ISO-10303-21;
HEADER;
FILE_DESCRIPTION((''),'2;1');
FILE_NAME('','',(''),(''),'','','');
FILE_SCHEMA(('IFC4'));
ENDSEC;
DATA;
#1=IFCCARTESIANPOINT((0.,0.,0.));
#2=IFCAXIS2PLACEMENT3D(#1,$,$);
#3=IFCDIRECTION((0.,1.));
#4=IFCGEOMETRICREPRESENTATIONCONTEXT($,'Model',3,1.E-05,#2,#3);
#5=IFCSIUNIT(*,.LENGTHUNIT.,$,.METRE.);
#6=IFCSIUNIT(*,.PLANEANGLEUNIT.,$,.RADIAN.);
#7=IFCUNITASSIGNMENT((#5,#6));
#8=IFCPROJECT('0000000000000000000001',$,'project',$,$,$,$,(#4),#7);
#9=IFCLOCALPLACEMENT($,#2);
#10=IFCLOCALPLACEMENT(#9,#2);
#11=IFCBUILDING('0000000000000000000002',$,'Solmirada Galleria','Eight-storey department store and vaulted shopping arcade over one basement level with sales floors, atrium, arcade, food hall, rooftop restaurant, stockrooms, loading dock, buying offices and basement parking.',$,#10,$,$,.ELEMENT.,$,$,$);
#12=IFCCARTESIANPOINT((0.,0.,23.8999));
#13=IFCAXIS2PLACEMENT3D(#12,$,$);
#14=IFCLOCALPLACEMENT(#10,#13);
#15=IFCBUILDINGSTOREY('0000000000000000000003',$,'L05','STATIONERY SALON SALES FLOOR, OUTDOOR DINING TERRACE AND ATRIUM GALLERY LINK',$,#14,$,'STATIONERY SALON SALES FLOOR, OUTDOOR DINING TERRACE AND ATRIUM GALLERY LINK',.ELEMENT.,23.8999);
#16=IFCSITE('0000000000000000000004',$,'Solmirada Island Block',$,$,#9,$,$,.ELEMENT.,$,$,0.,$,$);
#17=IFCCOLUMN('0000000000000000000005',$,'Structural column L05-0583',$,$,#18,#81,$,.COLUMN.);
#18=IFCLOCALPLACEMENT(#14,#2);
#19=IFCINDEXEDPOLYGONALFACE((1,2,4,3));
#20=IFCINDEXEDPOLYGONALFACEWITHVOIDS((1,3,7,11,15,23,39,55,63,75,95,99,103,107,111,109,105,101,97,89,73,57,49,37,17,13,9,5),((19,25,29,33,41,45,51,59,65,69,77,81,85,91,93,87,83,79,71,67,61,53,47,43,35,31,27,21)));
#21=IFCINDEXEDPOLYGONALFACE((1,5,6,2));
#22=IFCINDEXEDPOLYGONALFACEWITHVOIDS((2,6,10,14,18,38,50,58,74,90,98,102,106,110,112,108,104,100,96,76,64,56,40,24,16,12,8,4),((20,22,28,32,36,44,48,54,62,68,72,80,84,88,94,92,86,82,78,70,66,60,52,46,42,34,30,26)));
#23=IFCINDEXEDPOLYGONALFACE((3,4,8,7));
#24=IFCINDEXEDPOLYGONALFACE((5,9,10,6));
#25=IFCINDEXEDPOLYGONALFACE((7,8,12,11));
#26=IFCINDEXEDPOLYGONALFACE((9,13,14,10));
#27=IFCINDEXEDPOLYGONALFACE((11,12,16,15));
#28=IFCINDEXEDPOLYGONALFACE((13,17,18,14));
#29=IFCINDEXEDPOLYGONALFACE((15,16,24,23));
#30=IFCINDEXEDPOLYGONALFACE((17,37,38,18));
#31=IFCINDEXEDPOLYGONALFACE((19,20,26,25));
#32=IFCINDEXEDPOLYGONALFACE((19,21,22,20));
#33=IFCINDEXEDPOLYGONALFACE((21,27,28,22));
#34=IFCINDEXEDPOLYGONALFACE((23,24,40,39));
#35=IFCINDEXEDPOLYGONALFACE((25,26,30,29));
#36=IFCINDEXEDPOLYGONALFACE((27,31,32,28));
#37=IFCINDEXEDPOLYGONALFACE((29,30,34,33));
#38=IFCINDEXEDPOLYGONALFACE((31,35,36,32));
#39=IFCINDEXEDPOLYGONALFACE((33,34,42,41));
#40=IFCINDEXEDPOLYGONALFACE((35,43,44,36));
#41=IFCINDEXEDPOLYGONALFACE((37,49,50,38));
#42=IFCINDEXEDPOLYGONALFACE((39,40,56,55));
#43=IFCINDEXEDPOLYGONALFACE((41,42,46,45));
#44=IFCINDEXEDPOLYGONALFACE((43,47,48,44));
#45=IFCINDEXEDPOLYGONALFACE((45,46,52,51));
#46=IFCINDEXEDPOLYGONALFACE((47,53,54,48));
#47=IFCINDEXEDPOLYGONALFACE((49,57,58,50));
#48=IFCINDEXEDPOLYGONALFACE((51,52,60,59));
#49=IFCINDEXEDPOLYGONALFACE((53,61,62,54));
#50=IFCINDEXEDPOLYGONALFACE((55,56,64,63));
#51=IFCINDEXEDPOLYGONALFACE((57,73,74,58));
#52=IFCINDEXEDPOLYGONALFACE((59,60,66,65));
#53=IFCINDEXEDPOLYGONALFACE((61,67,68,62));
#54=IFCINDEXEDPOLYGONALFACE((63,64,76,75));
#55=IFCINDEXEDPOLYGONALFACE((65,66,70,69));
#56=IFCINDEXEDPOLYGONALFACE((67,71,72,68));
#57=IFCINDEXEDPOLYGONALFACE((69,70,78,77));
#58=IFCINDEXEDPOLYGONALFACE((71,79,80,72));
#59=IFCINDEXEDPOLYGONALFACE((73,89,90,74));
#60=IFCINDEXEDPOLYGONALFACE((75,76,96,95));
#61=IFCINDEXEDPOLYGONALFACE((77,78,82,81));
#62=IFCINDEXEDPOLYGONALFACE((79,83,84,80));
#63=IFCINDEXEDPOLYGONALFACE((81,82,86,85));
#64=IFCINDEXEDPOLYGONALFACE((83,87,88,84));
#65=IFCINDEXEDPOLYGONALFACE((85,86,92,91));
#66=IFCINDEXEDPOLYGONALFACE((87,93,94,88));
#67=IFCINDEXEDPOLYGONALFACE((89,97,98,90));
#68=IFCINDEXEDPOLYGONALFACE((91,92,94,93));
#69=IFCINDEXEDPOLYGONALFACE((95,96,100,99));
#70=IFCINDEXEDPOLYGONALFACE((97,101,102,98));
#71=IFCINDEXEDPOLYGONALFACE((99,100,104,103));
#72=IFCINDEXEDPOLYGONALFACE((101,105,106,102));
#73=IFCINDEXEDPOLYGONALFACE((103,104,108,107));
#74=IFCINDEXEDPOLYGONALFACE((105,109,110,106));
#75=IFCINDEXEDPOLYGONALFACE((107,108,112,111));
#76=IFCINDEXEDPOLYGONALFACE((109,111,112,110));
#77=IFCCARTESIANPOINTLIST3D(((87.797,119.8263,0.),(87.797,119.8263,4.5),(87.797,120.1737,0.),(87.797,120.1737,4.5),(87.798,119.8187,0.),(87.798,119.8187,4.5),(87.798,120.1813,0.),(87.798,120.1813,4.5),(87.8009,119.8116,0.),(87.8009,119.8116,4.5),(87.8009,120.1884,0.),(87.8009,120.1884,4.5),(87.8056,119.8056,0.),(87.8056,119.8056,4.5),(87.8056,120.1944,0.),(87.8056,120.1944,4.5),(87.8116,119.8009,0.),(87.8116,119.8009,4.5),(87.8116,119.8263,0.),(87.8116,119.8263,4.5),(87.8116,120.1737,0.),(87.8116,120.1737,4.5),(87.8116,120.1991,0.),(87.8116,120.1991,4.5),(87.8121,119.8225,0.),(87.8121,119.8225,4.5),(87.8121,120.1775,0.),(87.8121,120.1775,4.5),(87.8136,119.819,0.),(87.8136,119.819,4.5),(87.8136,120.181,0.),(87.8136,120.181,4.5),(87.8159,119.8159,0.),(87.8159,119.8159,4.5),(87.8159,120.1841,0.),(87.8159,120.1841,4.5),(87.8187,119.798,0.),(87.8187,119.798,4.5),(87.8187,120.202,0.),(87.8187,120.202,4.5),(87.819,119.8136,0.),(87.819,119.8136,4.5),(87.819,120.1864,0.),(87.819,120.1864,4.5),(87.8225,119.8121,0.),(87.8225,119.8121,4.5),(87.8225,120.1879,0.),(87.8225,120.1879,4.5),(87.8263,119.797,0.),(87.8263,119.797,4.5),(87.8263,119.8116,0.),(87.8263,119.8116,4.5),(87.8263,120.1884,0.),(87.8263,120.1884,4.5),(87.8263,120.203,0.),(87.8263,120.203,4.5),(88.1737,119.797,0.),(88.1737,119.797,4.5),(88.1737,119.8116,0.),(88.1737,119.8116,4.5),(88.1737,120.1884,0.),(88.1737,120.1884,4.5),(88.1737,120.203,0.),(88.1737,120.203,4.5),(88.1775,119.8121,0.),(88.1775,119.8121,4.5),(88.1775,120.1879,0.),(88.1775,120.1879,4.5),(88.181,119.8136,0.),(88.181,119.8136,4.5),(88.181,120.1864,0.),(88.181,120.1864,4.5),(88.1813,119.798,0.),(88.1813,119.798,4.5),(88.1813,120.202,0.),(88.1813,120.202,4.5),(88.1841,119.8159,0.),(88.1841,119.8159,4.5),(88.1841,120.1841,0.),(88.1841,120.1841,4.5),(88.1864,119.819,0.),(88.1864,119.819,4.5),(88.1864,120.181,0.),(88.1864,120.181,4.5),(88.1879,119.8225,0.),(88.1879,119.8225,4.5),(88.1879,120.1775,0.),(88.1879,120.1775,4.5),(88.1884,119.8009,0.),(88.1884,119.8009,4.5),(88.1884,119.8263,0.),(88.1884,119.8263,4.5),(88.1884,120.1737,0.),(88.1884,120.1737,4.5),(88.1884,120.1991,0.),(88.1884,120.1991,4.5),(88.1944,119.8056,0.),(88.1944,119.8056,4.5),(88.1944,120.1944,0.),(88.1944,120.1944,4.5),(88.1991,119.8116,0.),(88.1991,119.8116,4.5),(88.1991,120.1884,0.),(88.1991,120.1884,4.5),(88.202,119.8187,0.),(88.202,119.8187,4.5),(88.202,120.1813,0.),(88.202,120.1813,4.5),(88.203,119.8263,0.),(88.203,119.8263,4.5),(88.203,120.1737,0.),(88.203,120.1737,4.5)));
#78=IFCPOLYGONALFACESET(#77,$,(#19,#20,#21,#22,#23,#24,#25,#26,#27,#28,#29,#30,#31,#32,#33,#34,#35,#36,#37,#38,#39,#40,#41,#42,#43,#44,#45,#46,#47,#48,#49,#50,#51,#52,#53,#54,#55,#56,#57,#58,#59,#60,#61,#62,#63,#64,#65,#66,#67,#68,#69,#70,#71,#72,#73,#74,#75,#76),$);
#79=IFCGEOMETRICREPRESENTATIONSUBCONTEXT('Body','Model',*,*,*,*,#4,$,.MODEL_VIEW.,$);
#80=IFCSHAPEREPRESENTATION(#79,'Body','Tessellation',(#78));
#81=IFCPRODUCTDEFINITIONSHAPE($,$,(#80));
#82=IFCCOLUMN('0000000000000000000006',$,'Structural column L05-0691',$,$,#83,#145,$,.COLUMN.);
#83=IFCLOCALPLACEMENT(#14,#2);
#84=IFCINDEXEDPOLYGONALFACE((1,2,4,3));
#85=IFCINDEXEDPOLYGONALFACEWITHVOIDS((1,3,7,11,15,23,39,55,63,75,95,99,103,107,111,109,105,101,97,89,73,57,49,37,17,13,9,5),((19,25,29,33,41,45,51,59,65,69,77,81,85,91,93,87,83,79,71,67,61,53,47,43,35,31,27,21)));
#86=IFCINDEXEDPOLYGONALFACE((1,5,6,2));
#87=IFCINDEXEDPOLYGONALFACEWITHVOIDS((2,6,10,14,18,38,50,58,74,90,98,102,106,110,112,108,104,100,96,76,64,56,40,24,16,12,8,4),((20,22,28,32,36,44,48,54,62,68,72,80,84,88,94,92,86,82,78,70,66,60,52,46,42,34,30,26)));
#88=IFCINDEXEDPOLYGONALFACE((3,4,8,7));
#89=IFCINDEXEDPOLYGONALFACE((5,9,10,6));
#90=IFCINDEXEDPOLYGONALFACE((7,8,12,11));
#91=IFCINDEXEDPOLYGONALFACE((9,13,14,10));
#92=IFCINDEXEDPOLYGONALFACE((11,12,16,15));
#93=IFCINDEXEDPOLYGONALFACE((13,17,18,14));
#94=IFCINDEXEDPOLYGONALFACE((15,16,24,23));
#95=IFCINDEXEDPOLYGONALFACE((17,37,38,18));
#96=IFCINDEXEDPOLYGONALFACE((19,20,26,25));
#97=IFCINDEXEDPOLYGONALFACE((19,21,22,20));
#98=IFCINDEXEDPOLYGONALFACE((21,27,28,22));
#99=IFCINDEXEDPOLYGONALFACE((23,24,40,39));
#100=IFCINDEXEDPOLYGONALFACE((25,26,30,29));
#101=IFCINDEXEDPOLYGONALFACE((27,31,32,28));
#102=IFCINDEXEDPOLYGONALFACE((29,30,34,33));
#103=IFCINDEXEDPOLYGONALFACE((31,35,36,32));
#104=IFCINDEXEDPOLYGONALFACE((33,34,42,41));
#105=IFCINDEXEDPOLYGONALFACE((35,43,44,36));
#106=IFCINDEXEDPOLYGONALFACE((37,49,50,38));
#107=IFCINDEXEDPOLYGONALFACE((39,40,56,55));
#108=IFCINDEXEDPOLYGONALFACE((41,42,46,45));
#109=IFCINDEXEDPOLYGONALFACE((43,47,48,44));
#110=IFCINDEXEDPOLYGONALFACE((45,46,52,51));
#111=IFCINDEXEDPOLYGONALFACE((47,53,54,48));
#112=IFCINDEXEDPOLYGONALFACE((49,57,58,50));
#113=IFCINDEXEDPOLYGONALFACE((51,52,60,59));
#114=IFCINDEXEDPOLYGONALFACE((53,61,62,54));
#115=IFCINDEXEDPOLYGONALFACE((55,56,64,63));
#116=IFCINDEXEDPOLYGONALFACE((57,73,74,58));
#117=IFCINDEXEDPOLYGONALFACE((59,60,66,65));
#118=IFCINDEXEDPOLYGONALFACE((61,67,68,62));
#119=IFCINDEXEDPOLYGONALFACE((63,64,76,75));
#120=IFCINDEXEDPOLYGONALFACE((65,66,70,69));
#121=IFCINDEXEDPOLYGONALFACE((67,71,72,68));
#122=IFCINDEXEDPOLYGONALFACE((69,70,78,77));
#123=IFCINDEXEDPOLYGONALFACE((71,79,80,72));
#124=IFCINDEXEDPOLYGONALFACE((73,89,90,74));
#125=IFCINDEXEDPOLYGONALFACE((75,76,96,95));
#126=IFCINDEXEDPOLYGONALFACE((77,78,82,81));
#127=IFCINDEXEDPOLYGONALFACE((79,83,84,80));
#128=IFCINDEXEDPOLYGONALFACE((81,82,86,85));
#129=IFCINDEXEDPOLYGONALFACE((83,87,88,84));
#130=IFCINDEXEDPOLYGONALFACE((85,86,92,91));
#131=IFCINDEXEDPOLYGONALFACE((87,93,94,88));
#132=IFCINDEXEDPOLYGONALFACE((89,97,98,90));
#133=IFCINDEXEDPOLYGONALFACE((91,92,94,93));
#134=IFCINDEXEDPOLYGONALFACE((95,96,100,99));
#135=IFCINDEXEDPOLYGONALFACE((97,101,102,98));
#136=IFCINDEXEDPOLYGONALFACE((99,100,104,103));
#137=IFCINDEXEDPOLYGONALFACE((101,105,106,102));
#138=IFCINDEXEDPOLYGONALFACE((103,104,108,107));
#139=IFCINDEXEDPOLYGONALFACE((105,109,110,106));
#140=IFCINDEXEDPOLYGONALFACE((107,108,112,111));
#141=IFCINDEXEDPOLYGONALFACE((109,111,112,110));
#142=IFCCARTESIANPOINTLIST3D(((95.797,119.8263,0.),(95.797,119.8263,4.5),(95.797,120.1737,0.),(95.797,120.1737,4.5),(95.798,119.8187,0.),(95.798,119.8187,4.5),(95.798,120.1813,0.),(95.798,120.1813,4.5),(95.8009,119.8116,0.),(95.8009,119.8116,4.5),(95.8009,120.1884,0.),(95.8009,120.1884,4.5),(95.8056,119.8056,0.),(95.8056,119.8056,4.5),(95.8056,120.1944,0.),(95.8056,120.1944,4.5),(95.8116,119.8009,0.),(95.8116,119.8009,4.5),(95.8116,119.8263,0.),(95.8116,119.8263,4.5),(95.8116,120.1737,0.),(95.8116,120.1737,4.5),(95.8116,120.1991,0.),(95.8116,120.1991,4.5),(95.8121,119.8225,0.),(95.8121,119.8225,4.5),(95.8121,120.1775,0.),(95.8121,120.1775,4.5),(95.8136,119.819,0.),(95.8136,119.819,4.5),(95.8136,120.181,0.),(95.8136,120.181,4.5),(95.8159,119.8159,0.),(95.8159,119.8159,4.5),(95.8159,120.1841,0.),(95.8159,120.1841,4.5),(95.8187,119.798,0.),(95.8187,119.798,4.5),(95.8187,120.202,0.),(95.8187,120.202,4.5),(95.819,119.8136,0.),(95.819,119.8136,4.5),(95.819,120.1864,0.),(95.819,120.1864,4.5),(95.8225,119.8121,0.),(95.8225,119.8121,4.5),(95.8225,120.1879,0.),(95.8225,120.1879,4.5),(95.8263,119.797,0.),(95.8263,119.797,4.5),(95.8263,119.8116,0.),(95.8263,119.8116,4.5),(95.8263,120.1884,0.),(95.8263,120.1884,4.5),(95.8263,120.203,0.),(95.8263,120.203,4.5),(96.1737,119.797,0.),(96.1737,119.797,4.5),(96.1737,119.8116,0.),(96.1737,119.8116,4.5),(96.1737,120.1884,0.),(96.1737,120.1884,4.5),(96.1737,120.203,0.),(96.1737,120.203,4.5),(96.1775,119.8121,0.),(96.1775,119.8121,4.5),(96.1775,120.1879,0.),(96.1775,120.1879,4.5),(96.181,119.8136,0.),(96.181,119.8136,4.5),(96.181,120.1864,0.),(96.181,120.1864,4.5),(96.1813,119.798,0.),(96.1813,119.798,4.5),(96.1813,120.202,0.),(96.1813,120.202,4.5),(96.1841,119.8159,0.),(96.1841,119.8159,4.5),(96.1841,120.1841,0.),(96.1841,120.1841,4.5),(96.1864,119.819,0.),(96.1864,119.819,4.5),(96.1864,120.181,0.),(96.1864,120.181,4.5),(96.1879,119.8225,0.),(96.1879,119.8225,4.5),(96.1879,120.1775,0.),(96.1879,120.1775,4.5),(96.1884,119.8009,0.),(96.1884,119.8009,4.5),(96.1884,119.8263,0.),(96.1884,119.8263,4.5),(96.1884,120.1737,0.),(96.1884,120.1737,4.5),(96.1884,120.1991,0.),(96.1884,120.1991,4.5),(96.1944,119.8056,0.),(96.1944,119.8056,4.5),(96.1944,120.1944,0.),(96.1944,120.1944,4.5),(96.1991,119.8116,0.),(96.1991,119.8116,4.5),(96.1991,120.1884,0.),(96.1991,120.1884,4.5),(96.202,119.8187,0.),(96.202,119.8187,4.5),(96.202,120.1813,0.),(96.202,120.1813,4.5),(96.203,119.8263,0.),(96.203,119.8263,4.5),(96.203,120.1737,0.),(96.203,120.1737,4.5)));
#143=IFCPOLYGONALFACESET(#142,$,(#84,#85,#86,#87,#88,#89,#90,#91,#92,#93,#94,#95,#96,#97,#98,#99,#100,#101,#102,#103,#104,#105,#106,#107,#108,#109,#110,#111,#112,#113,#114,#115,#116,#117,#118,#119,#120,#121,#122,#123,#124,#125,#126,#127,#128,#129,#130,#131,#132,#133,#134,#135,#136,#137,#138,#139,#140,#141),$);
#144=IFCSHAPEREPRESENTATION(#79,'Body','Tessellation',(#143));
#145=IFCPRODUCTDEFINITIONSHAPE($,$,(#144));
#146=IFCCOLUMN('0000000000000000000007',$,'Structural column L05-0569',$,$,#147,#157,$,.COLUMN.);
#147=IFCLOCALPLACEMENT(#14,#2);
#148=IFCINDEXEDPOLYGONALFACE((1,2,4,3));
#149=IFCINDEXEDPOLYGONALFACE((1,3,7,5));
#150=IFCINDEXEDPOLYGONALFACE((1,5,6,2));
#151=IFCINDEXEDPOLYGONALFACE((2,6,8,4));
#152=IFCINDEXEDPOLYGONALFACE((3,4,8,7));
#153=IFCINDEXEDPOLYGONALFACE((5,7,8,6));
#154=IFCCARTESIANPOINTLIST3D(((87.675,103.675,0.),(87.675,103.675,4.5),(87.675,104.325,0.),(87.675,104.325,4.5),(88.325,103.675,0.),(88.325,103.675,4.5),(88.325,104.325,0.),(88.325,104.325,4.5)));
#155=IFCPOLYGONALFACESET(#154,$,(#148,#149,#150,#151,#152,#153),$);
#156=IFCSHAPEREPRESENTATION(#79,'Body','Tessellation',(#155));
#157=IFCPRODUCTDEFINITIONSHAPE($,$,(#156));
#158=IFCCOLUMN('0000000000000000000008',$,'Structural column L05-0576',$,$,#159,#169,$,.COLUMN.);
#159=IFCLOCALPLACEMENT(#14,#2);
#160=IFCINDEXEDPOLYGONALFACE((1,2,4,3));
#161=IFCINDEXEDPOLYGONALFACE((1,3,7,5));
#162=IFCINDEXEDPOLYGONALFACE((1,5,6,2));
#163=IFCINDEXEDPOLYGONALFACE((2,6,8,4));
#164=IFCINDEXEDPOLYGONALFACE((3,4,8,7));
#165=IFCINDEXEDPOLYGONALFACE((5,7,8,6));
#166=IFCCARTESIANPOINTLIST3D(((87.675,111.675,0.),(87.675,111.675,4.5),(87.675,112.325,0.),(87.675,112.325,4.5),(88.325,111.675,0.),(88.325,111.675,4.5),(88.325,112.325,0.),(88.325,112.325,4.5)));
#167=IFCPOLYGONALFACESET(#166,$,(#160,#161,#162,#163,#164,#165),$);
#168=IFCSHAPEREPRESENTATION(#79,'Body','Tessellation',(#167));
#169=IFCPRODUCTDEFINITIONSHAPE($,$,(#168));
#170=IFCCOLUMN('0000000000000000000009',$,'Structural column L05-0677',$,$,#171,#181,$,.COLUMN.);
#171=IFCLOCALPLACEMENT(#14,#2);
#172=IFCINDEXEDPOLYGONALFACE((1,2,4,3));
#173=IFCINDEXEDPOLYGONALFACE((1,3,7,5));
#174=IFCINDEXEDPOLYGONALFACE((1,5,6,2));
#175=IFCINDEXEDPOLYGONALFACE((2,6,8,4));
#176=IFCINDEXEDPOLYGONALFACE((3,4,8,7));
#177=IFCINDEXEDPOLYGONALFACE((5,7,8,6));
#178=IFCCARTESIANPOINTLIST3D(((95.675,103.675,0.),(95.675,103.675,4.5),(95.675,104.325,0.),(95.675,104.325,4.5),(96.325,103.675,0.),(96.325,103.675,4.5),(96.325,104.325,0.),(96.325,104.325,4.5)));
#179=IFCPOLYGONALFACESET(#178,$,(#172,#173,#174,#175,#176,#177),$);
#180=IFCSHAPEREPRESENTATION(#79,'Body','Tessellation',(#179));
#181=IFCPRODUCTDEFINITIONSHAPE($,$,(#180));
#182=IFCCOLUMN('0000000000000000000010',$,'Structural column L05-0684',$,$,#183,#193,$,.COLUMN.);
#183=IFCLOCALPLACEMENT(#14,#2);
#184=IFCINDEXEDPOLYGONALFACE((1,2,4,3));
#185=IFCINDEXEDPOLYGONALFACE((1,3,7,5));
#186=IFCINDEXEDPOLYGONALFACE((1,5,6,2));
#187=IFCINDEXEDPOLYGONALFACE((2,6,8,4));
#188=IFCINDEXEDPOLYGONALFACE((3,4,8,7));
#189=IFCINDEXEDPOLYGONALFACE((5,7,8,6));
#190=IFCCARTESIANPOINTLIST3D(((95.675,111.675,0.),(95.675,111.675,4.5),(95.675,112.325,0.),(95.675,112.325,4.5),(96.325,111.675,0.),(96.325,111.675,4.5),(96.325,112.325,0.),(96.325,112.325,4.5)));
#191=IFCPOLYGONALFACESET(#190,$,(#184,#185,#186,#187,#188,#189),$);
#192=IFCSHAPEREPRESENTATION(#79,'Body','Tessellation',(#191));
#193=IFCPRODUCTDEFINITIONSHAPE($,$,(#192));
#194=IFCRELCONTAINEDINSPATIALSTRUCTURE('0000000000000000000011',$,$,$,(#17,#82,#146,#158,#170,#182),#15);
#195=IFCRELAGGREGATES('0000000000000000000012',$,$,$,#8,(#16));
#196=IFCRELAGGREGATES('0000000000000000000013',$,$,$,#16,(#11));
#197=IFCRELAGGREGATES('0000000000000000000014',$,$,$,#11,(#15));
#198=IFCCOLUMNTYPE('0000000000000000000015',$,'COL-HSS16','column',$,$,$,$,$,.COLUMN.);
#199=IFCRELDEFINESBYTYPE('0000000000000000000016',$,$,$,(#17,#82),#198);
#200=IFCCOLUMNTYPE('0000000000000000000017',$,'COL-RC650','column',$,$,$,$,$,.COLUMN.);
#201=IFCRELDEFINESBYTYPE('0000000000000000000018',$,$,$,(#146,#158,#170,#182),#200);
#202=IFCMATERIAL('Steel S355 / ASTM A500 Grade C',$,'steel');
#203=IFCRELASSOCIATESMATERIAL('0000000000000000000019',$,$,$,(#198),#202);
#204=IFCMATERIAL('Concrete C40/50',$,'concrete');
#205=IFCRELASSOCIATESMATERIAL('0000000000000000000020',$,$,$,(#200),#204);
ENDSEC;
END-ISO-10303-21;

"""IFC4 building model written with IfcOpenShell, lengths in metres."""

from ifc_helpers import new_model, si_unit, direction, frame, origin, origin_2d, place, context, subcontext, project, spatial, rectangle, hollow_rectangle, extrude, material, material_profile, profile_set, type_object, element, save


model = new_model("IFC4")

# Units and contexts
model_context = context("Model", 3, precision=1e-05, world=origin(), true_north=direction((0.0, 1.0)))
body_context = subcontext(model_context, "Body", "Model", "MODEL_VIEW")
ifc_project = project(units=[si_unit("LENGTHUNIT", "METRE"), si_unit("PLANEANGLEUNIT", "RADIAN")], contexts=[model_context])

# Site, building, storey
site_placement = place(None, origin())
site = spatial("IfcSite", under=ifc_project, at=site_placement, Name="Solmirada Island Block", CompositionType="ELEMENT", RefElevation=0.0)
building_placement = place(site_placement, origin())
building = spatial("IfcBuilding", under=site, at=building_placement, Name="Solmirada Galleria", Description="Eight-storey department store and vaulted shopping arcade over one basement level with sales floors, atrium, arcade, food hall, rooftop restaurant, stockrooms, loading dock, buying offices and basement parking.", CompositionType="ELEMENT")
storey_placement = place(building_placement, frame((0.0, 0.0, 23.8999)))
storey = spatial("IfcBuildingStorey", under=building, at=storey_placement, Name="L05", Description="STATIONERY SALON SALES FLOOR, OUTDOOR DINING TERRACE AND ATRIUM GALLERY LINK", LongName="STATIONERY SALON SALES FLOOR, OUTDOOR DINING TERRACE AND ATRIUM GALLERY LINK", CompositionType="ELEMENT", Elevation=23.8999)

# Columns
ifc_material_1 = material(Name="Steel S355 / ASTM A500 Grade C", Category="steel")
ifc_material_profile_1 = material_profile(ifc_material_1, hollow_rectangle(XDim=0.406, YDim=0.406, WallThickness=0.0146, InnerFilletRadius=0.0146, OuterFilletRadius=0.0293, at=origin_2d()), Name="HSS16X16X5/8")
ifc_profile_set_1 = profile_set([ifc_material_profile_1], Name="Steel S355 / ASTM A500 Grade C")
column_type_1 = type_object("IfcColumnType", Name="COL-HSS16", Description="column", PredefinedType="COLUMN", material=ifc_profile_set_1)
for number, where, z_axis, x_axis, name in (
    (1, (88.0, 120.0, 0.0), (0.0, 0.0, 1.0), (1.0, 0.0, 0.0), "Structural column L05-0583"),
    (2, (96.0, 120.0, 0.0), (0.0, 0.0, 1.0), (1.0, 0.0, 0.0), "Structural column L05-0691"),
):
    element("IfcColumn", number, at=place(storey_placement, frame(where, z_axis=z_axis, x_axis=x_axis)), inside=storey, type_object=column_type_1, Name=name, PredefinedType="COLUMN", context=body_context, shape_type="SweptSolid", body=[
        extrude(hollow_rectangle(XDim=0.406, YDim=0.406, WallThickness=0.0146, InnerFilletRadius=0.0146, OuterFilletRadius=0.0293, at=origin_2d()), origin(), (0.0, 0.0, 1.0), 4.5),
    ])
ifc_material_2 = material(Name="Concrete C40/50", Category="concrete")
ifc_material_profile_2 = material_profile(ifc_material_2, rectangle(XDim=0.6499, YDim=0.6499, at=origin_2d()), Name="RC650X650")
ifc_profile_set_2 = profile_set([ifc_material_profile_2], Name="Concrete C40/50")
column_type_2 = type_object("IfcColumnType", Name="COL-RC650", Description="column", PredefinedType="COLUMN", material=ifc_profile_set_2)
for number, where, z_axis, x_axis, name in (
    (3, (88.0, 104.0, 0.0), (0.0, 0.0, 1.0), (1.0, 0.0, 0.0), "Structural column L05-0569"),
    (4, (88.0, 112.0, 0.0), (0.0, 0.0, 1.0), (1.0, 0.0, 0.0), "Structural column L05-0576"),
    (5, (96.0, 104.0, 0.0), (0.0, 0.0, 1.0), (1.0, 0.0, 0.0), "Structural column L05-0677"),
    (6, (96.0, 112.0, 0.0), (0.0, 0.0, 1.0), (1.0, 0.0, 0.0), "Structural column L05-0684"),
):
    element("IfcColumn", number, at=place(storey_placement, frame(where, z_axis=z_axis, x_axis=x_axis)), inside=storey, type_object=column_type_2, Name=name, PredefinedType="COLUMN", context=body_context, shape_type="SweptSolid", body=[
        extrude(rectangle(XDim=0.6499, YDim=0.6499, at=origin_2d()), origin(), (0.0, 0.0, 1.0), 4.5),
    ])

save(model, "model.ifc")
